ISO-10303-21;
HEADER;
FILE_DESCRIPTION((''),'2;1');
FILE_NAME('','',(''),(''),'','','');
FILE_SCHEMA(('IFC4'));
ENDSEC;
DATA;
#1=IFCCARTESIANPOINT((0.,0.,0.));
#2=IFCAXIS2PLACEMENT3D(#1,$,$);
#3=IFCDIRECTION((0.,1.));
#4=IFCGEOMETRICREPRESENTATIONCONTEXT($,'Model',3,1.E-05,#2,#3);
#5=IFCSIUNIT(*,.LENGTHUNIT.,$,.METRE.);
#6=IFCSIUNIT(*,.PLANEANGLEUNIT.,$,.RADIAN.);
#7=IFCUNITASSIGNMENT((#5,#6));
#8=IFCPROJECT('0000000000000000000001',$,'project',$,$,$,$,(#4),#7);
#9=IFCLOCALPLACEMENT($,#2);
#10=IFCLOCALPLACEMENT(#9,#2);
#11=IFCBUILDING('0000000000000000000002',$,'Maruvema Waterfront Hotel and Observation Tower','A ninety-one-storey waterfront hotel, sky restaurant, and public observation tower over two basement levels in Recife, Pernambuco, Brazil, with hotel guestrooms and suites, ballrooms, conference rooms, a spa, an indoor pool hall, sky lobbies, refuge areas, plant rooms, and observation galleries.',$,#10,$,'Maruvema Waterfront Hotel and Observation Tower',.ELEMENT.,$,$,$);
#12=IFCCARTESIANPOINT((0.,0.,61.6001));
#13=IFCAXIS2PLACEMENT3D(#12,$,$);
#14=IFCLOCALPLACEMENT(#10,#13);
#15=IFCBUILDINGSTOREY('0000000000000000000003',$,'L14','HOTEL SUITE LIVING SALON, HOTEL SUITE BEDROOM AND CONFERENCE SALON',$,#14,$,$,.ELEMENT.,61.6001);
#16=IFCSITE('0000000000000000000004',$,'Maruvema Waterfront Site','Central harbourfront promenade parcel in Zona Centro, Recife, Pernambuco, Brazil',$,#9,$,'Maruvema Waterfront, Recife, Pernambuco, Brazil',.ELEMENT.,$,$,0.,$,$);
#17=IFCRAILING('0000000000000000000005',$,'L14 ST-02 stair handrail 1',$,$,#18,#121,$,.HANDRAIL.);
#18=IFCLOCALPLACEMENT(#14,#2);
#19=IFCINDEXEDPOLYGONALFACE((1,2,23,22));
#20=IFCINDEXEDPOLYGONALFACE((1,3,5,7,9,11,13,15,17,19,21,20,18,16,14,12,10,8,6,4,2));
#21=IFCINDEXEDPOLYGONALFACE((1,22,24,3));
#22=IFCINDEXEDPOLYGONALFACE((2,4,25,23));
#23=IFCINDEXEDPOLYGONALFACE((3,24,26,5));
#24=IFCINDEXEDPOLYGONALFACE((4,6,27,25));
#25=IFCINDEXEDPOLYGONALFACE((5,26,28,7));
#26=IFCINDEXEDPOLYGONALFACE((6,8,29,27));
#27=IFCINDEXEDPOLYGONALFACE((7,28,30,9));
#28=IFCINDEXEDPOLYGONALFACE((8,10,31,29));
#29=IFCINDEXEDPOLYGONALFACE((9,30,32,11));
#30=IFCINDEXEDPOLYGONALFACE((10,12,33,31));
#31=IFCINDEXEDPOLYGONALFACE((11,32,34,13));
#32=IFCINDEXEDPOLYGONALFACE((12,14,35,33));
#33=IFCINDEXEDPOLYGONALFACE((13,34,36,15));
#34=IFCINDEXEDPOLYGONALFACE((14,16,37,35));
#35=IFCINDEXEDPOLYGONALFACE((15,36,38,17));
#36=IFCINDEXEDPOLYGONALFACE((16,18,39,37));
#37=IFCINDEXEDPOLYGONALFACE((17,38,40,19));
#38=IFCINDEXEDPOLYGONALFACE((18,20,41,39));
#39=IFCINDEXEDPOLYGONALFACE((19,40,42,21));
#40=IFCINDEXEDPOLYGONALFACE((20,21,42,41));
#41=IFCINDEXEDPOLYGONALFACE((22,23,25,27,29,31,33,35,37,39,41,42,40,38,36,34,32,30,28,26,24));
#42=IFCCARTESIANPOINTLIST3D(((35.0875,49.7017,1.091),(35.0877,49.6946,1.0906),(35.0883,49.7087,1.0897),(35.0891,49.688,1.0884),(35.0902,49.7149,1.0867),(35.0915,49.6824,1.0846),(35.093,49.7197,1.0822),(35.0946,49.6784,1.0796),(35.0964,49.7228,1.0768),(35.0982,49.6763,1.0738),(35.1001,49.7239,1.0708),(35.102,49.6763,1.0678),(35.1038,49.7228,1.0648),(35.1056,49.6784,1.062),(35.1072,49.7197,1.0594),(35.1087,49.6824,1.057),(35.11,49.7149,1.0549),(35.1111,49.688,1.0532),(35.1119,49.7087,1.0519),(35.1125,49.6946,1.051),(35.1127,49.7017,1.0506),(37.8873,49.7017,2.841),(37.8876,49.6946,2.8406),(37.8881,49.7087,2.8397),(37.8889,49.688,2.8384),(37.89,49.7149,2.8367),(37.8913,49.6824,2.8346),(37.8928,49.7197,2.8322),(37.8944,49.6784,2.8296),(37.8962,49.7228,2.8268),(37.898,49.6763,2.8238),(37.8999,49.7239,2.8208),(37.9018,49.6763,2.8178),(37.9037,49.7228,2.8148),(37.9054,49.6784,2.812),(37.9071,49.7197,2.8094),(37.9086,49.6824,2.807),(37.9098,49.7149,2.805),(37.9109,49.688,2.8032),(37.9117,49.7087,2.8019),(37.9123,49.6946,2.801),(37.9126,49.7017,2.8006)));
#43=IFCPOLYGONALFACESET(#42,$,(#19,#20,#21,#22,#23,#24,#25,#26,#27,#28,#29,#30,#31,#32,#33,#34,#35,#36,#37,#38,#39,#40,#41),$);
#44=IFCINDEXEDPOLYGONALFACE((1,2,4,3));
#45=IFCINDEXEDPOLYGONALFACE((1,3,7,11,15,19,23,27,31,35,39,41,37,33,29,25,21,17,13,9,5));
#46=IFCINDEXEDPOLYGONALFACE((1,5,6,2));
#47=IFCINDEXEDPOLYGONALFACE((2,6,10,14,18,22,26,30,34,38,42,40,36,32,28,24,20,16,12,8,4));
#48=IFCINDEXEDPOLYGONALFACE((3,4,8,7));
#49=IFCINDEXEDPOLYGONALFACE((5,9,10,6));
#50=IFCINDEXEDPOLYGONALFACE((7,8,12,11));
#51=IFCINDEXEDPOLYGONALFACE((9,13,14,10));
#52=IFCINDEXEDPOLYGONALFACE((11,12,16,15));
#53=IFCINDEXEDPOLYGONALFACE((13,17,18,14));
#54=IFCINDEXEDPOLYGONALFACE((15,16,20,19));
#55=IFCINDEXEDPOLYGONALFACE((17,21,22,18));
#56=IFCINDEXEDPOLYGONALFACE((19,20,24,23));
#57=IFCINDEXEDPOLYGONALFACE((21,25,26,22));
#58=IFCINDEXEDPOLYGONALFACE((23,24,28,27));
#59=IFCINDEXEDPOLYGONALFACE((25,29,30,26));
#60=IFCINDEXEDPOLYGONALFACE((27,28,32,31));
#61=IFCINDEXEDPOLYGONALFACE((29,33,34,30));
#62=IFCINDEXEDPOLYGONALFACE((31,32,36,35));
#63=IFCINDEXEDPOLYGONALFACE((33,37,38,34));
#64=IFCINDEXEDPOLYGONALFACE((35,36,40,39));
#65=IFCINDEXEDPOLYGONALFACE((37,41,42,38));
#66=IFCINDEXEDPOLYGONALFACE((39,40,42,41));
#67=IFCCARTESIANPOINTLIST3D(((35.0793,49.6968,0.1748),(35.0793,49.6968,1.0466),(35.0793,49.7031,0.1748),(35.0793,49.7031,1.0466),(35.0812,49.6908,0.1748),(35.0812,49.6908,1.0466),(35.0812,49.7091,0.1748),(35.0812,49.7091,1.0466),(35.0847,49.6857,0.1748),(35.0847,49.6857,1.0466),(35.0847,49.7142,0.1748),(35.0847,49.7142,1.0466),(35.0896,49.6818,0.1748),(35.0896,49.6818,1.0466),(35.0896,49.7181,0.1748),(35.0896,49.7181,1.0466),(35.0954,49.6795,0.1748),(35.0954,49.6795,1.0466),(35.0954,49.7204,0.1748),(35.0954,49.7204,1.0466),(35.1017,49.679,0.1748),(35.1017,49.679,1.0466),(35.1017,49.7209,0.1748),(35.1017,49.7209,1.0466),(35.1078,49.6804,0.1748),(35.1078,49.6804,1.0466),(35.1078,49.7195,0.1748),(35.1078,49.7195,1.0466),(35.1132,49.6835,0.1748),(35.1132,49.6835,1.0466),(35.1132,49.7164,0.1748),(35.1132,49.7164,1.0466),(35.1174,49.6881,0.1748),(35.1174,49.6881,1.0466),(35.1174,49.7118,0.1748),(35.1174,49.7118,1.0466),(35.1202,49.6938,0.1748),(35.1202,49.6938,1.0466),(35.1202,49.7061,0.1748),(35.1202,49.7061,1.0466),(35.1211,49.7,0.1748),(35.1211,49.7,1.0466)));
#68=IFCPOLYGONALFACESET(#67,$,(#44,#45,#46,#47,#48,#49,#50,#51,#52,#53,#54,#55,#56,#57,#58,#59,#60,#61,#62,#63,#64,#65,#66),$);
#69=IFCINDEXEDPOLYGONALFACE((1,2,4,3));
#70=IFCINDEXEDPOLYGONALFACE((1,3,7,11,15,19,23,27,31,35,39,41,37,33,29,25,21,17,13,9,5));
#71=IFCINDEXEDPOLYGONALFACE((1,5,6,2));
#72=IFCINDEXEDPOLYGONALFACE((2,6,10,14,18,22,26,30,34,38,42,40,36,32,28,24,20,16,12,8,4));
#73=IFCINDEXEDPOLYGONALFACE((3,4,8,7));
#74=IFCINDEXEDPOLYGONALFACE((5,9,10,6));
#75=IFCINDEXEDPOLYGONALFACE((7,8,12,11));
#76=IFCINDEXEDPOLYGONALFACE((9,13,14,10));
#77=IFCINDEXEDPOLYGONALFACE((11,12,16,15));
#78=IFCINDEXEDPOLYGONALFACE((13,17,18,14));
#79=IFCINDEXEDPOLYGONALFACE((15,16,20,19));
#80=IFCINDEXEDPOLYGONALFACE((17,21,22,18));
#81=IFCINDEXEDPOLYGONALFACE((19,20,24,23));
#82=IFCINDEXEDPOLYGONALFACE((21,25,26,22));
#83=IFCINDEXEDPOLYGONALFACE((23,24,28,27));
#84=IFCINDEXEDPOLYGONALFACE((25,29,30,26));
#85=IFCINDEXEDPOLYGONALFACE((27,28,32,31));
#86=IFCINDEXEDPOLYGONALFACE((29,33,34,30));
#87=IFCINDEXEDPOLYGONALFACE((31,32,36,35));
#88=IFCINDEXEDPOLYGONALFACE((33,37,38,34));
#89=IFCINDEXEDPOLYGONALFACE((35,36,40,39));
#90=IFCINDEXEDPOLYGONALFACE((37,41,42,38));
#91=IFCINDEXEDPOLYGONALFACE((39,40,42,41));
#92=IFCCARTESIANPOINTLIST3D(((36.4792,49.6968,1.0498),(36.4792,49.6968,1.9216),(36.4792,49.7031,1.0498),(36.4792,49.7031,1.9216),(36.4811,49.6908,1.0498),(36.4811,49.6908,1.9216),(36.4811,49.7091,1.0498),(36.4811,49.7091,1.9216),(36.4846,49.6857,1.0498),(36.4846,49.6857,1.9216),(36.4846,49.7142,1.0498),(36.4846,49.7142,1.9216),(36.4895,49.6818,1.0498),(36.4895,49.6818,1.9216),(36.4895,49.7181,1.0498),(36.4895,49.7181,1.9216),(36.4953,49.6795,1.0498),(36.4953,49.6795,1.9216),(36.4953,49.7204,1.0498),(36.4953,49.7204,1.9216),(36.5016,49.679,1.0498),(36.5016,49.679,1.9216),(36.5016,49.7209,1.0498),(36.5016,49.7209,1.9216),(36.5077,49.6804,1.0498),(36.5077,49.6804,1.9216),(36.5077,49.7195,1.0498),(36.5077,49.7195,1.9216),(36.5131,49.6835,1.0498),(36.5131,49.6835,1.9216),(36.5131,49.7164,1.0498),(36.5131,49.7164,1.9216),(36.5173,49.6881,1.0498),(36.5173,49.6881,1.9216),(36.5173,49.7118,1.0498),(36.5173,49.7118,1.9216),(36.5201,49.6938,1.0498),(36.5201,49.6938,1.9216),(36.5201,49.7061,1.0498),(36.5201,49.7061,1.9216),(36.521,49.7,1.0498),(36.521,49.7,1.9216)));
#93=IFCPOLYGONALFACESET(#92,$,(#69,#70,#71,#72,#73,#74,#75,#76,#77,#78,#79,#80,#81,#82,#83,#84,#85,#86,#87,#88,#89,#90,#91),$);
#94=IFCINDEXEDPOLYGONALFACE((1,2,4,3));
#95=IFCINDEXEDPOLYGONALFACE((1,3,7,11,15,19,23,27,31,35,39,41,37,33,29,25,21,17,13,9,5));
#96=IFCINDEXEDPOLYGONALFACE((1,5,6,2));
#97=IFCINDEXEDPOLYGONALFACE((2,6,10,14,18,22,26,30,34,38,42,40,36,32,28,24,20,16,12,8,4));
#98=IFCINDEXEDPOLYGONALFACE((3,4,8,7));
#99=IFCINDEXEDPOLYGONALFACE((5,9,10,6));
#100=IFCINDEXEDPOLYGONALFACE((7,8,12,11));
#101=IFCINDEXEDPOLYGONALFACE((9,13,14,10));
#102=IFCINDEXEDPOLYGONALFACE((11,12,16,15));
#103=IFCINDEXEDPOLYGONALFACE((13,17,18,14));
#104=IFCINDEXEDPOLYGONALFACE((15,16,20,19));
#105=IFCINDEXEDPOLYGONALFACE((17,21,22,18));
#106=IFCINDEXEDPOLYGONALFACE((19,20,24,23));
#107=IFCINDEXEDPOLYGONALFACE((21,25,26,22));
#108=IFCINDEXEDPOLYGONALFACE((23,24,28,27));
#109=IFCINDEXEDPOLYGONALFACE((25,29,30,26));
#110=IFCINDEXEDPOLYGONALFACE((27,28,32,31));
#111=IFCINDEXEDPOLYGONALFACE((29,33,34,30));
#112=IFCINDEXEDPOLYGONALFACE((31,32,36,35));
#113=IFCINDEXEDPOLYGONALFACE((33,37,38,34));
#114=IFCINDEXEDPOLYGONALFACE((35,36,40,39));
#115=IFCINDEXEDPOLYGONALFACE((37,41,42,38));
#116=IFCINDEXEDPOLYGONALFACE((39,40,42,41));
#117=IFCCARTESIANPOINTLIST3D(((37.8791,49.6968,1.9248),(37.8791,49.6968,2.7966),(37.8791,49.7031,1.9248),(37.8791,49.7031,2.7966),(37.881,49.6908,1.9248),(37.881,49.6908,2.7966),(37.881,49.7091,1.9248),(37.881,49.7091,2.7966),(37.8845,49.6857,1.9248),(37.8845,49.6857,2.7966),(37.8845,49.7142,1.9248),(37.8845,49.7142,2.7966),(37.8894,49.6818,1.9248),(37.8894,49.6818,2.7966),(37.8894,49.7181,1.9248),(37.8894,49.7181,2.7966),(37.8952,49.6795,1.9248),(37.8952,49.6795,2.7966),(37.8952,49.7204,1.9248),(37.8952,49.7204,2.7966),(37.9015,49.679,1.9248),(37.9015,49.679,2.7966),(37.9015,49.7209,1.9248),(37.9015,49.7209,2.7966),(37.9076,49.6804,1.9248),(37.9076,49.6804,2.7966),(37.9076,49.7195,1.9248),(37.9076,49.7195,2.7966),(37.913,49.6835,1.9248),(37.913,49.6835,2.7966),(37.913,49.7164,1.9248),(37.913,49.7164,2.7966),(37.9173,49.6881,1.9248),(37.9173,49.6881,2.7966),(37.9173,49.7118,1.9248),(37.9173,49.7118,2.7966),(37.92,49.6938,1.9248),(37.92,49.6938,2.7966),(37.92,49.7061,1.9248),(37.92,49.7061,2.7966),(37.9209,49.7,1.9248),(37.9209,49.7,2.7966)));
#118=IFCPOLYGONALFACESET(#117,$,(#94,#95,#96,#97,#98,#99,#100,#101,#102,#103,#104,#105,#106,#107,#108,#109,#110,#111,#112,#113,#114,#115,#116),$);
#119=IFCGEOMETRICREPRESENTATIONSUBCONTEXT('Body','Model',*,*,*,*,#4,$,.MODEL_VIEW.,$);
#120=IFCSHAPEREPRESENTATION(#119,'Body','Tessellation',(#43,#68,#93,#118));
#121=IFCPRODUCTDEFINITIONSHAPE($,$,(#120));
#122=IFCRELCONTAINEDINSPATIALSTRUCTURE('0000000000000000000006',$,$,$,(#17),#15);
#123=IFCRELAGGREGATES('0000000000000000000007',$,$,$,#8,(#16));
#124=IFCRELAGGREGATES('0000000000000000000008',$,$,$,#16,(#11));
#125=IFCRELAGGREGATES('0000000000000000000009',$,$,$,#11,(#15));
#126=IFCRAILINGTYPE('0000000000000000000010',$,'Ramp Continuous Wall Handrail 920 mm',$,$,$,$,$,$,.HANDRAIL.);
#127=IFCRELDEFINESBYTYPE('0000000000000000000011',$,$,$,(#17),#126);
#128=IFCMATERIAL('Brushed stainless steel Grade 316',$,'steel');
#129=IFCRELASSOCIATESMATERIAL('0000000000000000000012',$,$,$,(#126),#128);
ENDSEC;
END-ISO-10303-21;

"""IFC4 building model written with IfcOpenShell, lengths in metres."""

from ifc_helpers import new_model, si_unit, direction, frame, origin, origin_2d, place, context, subcontext, project, spatial, circle, extrude, material, type_object, element, save


model = new_model("IFC4")

# Units and contexts
model_context = context("Model", 3, precision=1e-05, world=origin(), true_north=direction((0.0, 1.0)))
body_context = subcontext(model_context, "Body", "Model", "MODEL_VIEW")
ifc_project = project(units=[si_unit("LENGTHUNIT", "METRE"), si_unit("PLANEANGLEUNIT", "RADIAN")], contexts=[model_context])

# Site, building, storey
site_placement = place(None, origin())
site = spatial("IfcSite", under=ifc_project, at=site_placement, Name="Maruvema Waterfront Site", Description="Central harbourfront promenade parcel in Zona Centro, Recife, Pernambuco, Brazil", LongName="Maruvema Waterfront, Recife, Pernambuco, Brazil", CompositionType="ELEMENT", RefElevation=0.0)
building_placement = place(site_placement, origin())
building = spatial("IfcBuilding", under=site, at=building_placement, Name="Maruvema Waterfront Hotel and Observation Tower", Description="A ninety-one-storey waterfront hotel, sky restaurant, and public observation tower over two basement levels in Recife, Pernambuco, Brazil, with hotel guestrooms and suites, ballrooms, conference rooms, a spa, an indoor pool hall, sky lobbies, refuge areas, plant rooms, and observation galleries.", LongName="Maruvema Waterfront Hotel and Observation Tower", CompositionType="ELEMENT")
storey_placement = place(building_placement, frame((0.0, 0.0, 61.6001)))
storey = spatial("IfcBuildingStorey", under=building, at=storey_placement, Name="L14", Description="HOTEL SUITE LIVING SALON, HOTEL SUITE BEDROOM AND CONFERENCE SALON", CompositionType="ELEMENT", Elevation=61.6001)

# Railing
ifc_material_1 = material(Name="Brushed stainless steel Grade 316", Category="steel")
railing_type_1 = type_object("IfcRailingType", Name="Ramp Continuous Wall Handrail 920 mm", PredefinedType="HANDRAIL", material=ifc_material_1)
railing_1_placement = place(storey_placement, frame((35.1001, 49.7, 0.1748)))
element("IfcRailing", 1, at=railing_1_placement, inside=storey, type_object=railing_type_1, Name="L14 ST-02 stair handrail 1", PredefinedType="HANDRAIL", context=body_context, shape_type="SweptSolid", body=[
    extrude(circle(Radius=0.0239, at=origin_2d()), frame((0.0, 0.0, 0.896), z_axis=(0.847982, 0.0, 0.530026), x_axis=(0.0, 1.0, 0.0)), (0.0, 0.0, 1.0), 3.3018),
    extrude(circle(Radius=0.021, at=origin_2d()), origin(), (0.0, 0.0, 1.0), 0.8718),
    extrude(circle(Radius=0.021, at=origin_2d()), frame((1.3999, 0.0, 0.875)), (0.0, 0.0, 1.0), 0.8718),
    extrude(circle(Radius=0.021, at=origin_2d()), frame((2.7998, 0.0, 1.75)), (0.0, 0.0, 1.0), 0.8718),
])

save(model, "model.ifc")
